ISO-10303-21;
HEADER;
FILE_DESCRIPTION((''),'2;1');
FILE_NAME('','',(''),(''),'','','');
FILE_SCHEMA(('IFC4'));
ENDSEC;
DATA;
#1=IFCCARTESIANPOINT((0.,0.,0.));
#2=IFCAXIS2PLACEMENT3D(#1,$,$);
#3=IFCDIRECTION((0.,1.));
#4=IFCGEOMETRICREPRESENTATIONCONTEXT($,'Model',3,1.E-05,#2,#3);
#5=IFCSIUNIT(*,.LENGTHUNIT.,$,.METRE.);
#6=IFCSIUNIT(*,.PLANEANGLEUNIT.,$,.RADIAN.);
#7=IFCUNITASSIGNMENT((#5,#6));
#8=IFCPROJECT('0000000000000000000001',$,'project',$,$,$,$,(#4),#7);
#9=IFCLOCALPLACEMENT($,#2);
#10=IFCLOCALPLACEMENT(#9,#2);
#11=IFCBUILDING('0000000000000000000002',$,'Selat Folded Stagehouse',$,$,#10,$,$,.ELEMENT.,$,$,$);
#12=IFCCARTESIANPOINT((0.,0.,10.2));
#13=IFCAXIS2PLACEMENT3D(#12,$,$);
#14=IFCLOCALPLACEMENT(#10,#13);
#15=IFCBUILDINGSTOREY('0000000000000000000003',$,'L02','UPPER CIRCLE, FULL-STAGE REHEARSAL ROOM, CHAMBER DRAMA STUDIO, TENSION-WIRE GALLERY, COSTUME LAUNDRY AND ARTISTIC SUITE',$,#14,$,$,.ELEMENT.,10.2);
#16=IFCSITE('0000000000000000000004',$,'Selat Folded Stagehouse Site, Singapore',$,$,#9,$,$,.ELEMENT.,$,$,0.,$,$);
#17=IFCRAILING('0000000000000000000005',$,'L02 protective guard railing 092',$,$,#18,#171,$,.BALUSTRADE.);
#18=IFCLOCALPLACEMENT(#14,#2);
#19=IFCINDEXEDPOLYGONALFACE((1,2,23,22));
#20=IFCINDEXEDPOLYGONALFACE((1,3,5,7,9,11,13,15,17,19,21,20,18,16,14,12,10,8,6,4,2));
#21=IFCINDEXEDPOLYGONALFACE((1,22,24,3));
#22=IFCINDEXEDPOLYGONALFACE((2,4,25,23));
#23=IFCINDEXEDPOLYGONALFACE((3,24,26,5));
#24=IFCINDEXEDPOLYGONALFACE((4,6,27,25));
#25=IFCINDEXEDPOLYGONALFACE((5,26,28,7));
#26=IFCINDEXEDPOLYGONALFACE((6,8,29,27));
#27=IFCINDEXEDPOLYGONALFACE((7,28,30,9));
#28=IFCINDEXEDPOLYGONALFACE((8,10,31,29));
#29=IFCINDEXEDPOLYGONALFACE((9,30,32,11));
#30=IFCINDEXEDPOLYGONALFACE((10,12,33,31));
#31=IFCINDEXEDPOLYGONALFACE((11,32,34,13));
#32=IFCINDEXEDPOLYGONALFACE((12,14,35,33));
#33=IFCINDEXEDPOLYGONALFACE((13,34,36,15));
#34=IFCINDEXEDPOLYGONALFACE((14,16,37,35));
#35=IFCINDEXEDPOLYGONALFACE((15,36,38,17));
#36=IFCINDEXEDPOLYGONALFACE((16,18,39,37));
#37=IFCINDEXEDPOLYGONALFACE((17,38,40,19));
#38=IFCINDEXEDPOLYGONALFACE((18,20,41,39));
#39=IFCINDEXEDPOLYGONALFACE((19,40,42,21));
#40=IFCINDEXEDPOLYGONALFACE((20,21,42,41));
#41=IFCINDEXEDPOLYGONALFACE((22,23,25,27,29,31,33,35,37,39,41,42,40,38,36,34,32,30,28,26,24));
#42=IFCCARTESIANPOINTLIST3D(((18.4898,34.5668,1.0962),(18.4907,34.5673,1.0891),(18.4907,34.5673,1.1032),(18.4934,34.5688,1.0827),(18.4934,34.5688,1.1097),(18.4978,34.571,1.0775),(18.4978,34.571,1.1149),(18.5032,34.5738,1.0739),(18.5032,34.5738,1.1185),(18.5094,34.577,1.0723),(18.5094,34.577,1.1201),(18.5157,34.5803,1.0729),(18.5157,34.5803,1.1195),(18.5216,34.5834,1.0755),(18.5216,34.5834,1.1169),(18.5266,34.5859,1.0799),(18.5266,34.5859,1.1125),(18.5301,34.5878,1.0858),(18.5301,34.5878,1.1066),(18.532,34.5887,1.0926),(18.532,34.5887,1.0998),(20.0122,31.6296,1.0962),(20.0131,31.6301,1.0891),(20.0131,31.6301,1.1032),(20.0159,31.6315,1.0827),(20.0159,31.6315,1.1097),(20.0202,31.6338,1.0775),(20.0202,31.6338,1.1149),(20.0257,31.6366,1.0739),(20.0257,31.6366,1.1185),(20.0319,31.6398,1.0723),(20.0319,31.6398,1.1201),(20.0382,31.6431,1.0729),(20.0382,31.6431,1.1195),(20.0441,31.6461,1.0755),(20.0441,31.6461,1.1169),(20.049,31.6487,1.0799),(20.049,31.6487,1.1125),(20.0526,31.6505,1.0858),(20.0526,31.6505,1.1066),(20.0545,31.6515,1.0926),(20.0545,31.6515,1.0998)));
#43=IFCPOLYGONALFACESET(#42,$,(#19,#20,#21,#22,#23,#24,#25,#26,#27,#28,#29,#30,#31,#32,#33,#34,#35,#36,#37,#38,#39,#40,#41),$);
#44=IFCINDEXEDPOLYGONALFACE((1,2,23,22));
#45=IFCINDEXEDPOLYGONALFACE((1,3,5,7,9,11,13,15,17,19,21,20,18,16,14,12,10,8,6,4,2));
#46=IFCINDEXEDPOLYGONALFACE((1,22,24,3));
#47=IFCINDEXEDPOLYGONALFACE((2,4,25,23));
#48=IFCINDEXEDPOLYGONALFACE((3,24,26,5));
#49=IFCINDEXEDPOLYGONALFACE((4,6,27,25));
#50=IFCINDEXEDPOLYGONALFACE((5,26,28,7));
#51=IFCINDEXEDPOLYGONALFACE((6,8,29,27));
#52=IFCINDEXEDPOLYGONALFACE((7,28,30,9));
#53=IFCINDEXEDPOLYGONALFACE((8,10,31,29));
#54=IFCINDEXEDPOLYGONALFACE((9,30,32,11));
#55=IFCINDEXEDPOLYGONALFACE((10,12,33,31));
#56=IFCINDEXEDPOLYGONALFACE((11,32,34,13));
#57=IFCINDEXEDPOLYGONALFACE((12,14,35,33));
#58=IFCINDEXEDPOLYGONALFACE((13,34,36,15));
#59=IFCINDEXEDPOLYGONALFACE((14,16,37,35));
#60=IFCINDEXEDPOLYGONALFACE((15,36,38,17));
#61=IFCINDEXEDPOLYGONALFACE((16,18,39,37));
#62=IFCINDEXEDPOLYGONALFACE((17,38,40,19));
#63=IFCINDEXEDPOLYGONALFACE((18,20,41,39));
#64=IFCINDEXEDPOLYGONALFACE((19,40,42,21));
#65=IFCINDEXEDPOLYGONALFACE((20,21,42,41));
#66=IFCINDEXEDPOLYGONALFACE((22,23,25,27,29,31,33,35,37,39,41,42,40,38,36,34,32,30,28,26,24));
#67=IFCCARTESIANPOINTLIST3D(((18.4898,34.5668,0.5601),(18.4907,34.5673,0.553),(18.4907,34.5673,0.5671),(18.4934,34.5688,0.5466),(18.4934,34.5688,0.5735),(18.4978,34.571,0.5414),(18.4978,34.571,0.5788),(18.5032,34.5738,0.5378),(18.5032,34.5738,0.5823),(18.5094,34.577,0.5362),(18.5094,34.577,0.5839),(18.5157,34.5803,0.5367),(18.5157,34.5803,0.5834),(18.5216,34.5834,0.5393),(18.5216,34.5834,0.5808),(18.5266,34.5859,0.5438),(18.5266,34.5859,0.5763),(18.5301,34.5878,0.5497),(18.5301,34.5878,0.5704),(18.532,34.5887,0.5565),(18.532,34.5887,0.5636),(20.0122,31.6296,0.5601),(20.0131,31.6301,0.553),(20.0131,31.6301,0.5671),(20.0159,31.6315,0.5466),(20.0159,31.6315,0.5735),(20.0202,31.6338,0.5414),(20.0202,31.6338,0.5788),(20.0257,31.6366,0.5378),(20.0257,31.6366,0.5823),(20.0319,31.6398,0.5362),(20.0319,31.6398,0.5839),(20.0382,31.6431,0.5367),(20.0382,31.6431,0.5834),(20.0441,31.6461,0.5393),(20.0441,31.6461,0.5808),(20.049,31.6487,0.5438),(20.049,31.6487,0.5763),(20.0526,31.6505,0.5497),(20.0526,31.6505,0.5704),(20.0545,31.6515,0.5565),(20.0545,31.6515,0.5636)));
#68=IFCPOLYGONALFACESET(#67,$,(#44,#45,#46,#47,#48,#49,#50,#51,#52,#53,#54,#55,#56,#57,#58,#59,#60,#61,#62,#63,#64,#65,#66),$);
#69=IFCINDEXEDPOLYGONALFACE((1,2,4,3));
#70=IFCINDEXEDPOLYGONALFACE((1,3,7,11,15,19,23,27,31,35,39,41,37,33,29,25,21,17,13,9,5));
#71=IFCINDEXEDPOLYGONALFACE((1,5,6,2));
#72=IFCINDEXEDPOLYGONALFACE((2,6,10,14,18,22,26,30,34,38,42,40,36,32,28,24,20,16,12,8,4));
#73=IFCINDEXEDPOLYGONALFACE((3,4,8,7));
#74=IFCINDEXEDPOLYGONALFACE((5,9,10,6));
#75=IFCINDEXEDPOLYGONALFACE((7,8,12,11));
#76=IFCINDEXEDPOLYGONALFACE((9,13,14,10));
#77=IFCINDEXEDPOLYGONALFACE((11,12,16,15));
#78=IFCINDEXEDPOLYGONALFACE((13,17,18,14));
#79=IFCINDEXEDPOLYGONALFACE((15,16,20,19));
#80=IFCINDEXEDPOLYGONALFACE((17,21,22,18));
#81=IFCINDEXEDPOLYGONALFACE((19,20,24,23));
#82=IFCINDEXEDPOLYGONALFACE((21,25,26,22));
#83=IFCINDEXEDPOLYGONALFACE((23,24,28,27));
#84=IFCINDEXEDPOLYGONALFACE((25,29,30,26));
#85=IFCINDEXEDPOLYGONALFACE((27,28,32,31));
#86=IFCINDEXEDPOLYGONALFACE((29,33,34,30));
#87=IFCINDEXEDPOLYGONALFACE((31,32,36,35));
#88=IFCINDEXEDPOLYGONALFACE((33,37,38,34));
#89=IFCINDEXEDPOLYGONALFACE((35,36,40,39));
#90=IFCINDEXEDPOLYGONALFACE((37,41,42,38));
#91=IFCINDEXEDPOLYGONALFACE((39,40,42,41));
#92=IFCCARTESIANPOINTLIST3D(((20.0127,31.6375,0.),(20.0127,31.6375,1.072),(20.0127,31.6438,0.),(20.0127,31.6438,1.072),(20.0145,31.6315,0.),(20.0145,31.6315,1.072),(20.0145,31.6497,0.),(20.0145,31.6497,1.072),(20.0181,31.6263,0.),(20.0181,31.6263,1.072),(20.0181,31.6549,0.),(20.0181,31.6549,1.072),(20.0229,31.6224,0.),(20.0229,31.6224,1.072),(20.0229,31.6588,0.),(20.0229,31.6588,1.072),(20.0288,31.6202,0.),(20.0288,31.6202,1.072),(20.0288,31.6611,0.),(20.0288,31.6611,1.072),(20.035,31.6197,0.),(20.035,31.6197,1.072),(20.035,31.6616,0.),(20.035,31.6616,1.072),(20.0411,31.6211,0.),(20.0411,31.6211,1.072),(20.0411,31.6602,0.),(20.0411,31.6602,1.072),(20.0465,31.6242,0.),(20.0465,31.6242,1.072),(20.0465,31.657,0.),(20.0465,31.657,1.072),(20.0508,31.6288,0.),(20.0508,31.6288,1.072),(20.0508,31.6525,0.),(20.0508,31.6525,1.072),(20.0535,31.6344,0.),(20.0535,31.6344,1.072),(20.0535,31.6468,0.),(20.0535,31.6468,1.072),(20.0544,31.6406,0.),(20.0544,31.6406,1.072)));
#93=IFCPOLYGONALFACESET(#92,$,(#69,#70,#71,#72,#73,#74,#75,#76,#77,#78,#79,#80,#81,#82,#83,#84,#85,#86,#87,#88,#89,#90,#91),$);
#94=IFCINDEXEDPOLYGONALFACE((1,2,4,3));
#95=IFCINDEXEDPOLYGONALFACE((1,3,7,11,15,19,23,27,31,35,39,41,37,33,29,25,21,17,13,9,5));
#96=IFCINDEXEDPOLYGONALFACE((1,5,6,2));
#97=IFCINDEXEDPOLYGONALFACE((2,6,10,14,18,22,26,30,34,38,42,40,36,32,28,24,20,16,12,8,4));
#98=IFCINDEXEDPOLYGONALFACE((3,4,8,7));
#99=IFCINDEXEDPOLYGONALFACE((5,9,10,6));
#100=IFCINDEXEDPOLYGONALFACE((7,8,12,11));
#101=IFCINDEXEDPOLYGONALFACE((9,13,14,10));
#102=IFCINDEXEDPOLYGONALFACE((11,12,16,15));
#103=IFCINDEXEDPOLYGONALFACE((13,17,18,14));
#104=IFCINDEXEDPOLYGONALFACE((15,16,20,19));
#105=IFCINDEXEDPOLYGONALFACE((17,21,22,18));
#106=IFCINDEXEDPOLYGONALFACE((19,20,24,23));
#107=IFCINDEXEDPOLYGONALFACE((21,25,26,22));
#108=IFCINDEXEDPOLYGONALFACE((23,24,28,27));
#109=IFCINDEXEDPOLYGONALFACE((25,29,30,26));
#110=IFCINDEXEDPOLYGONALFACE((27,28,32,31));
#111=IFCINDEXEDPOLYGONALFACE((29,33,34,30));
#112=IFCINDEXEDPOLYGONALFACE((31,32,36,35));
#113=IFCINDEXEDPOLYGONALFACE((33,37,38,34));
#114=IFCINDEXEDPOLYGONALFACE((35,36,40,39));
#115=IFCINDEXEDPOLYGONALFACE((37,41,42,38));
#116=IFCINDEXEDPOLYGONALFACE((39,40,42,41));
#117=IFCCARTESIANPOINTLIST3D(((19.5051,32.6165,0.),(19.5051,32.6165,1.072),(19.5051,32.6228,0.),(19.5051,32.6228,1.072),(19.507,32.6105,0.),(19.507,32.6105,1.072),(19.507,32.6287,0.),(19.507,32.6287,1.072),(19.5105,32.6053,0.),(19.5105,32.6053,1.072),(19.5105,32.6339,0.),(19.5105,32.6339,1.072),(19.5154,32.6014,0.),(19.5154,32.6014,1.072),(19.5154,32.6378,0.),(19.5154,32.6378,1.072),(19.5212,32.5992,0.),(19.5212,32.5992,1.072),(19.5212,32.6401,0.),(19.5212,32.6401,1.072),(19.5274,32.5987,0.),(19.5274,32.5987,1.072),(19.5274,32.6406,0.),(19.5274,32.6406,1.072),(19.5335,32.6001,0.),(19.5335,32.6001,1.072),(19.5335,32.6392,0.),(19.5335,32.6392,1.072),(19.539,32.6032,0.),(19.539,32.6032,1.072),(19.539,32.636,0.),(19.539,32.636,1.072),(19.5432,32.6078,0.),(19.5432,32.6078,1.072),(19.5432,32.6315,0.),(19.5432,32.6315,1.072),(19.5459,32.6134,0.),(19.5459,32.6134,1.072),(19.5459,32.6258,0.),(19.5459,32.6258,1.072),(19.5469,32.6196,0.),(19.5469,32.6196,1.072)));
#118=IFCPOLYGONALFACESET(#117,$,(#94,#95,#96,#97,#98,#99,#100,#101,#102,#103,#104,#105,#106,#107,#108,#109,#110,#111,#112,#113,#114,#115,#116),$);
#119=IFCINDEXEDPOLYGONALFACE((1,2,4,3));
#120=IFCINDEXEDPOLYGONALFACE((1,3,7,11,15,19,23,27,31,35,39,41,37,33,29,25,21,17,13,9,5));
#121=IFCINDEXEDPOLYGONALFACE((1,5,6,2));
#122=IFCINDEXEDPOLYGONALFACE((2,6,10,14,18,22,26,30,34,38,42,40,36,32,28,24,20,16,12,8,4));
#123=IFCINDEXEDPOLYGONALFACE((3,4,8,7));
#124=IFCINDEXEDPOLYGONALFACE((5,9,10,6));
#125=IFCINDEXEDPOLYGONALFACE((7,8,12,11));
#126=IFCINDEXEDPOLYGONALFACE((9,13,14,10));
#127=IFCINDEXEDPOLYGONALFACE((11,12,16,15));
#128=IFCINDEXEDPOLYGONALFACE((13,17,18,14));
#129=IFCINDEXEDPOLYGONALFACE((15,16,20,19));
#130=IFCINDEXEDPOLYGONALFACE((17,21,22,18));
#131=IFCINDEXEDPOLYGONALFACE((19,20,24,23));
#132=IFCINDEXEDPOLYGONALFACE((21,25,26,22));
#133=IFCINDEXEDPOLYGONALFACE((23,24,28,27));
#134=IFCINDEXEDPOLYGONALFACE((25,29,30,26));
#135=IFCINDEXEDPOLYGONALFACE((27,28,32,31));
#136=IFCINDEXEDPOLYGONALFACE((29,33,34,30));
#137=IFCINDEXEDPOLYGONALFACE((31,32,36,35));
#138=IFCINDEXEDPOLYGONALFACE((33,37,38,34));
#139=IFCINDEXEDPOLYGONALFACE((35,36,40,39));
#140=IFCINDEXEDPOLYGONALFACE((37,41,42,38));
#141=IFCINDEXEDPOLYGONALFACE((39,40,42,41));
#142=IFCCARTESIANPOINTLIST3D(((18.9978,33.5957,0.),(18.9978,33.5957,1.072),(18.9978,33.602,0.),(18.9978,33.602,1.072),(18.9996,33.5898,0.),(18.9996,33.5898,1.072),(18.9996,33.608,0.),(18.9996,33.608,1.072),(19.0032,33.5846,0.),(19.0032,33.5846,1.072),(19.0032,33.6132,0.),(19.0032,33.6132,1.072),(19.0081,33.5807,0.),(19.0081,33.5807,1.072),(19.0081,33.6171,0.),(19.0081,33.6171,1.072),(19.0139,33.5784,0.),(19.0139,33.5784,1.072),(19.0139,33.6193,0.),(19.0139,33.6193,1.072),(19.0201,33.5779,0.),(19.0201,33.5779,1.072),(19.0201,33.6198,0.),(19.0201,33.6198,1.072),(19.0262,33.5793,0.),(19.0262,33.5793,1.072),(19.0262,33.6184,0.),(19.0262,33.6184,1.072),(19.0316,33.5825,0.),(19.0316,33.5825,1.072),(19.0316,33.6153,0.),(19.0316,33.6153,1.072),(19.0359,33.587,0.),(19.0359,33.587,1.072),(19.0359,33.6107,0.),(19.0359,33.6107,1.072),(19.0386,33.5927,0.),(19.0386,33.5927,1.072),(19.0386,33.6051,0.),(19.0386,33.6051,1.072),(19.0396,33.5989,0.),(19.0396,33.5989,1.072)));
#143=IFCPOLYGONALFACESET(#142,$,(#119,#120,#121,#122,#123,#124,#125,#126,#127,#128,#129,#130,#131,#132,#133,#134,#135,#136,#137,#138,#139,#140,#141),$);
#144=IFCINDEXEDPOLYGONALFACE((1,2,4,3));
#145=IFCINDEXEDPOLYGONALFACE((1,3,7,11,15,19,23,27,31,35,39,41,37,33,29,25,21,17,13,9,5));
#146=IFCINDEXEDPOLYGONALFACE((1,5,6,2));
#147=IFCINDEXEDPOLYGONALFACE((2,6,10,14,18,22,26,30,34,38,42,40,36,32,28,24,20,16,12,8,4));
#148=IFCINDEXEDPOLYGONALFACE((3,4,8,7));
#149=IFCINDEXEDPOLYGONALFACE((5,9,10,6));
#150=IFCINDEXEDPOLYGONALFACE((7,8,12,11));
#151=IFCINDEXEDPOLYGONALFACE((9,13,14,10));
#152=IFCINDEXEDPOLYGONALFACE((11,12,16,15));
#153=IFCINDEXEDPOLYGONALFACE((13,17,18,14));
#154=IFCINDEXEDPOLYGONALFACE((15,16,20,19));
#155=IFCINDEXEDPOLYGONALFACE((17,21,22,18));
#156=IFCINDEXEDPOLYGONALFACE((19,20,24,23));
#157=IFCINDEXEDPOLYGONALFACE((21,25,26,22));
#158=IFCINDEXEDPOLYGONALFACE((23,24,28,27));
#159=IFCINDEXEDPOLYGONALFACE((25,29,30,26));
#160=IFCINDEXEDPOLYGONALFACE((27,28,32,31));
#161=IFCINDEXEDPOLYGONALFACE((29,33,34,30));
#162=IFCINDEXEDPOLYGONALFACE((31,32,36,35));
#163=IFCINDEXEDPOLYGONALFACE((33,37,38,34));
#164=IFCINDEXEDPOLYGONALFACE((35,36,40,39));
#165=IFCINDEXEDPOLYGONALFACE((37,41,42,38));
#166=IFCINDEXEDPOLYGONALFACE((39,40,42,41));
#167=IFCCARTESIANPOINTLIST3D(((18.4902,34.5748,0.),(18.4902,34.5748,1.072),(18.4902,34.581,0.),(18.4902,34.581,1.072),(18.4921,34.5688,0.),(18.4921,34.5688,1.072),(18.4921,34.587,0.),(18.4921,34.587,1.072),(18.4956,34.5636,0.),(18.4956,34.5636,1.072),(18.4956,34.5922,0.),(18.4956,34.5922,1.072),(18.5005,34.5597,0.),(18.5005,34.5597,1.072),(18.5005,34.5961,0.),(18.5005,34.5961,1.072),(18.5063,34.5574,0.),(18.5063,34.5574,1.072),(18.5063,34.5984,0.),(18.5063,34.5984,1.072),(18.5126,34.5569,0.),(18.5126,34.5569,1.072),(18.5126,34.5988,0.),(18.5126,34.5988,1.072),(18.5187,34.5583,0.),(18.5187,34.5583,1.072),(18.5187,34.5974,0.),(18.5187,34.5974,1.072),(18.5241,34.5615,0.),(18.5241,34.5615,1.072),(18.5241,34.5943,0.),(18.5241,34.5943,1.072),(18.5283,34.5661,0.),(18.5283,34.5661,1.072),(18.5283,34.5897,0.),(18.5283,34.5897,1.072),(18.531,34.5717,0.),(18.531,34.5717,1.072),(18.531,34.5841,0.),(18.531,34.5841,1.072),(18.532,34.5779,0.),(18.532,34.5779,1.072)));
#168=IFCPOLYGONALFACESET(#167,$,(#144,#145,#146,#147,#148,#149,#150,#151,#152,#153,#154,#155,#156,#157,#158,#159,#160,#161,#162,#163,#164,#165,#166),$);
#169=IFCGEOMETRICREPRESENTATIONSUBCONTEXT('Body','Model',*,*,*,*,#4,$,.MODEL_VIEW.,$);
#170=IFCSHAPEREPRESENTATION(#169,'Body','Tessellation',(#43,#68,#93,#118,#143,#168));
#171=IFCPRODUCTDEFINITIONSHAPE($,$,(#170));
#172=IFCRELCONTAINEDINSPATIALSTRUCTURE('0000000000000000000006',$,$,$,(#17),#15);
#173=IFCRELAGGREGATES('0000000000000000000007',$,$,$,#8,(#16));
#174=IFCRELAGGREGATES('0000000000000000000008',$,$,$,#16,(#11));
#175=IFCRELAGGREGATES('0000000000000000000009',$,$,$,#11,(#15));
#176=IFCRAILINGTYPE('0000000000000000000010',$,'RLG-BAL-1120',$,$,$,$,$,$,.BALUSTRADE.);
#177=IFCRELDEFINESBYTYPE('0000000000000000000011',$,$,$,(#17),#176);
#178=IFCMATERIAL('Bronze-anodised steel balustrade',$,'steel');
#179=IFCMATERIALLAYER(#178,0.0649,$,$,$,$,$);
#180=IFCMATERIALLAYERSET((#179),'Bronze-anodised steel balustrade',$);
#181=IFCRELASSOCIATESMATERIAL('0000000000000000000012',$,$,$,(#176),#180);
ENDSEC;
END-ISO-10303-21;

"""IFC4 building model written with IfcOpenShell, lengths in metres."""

from ifc_helpers import new_model, si_unit, direction, frame, origin, origin_2d, place, context, subcontext, project, spatial, circle, extrude, material, layer, layer_set, type_object, element, save


model = new_model("IFC4")

# Units and contexts
model_context = context("Model", 3, precision=1e-05, world=origin(), true_north=direction((0.0, 1.0)))
body_context = subcontext(model_context, "Body", "Model", "MODEL_VIEW")
ifc_project = project(units=[si_unit("LENGTHUNIT", "METRE"), si_unit("PLANEANGLEUNIT", "RADIAN")], contexts=[model_context])

# Site, building, storey
site_placement = place(None, origin())
site = spatial("IfcSite", under=ifc_project, at=site_placement, Name="Selat Folded Stagehouse Site, Singapore", CompositionType="ELEMENT", RefElevation=0.0)
building_placement = place(site_placement, origin())
building = spatial("IfcBuilding", under=site, at=building_placement, Name="Selat Folded Stagehouse", CompositionType="ELEMENT")
storey_placement = place(building_placement, frame((0.0, 0.0, 10.2)))
storey = spatial("IfcBuildingStorey", under=building, at=storey_placement, Name="L02", Description="UPPER CIRCLE, FULL-STAGE REHEARSAL ROOM, CHAMBER DRAMA STUDIO, TENSION-WIRE GALLERY, COSTUME LAUNDRY AND ARTISTIC SUITE", CompositionType="ELEMENT", Elevation=10.2)

# Railing
ifc_material_1 = material(Name="Bronze-anodised steel balustrade", Category="steel")
ifc_layer_1 = layer(ifc_material_1, 0.0649)
ifc_layer_set_1 = layer_set([ifc_layer_1], Name="Bronze-anodised steel balustrade")
railing_type = type_object("IfcRailingType", Name="RLG-BAL-1120", PredefinedType="BALUSTRADE", material=ifc_layer_set_1)
railing_1_placement = place(storey_placement, frame((20.0334, 31.6406, 0.0)))
element("IfcRailing", 1, at=railing_1_placement, inside=storey, type_object=railing_type, Name="L02 protective guard railing 092", PredefinedType="BALUSTRADE", context=body_context, shape_type="SweptSolid", body=[
    extrude(circle(Radius=0.0239, at=origin_2d()), frame((0.0, 0.0, 1.0962), z_axis=(-0.460184, 0.887824, 0.0), x_axis=(-0.887824, -0.460184, 0.0)), (0.0, 0.0, 1.0), 3.3083),
    extrude(circle(Radius=0.0239, at=origin_2d()), frame((0.0, 0.0, 0.5601), z_axis=(-0.460184, 0.887824, 0.0), x_axis=(-0.887824, -0.460184, 0.0)), (0.0, 0.0, 1.0), 3.3083),
    extrude(circle(Radius=0.021, at=origin_2d()), origin(), (0.0, 0.0, 1.0), 1.072),
    extrude(circle(Radius=0.021, at=origin_2d()), frame((-0.5076, 0.979, 0.0)), (0.0, 0.0, 1.0), 1.072),
    extrude(circle(Radius=0.021, at=origin_2d()), frame((-1.0149, 1.9583, 0.0)), (0.0, 0.0, 1.0), 1.072),
    extrude(circle(Radius=0.021, at=origin_2d()), frame((-1.5225, 2.9373, 0.0)), (0.0, 0.0, 1.0), 1.072),
])

save(model, "model.ifc")
